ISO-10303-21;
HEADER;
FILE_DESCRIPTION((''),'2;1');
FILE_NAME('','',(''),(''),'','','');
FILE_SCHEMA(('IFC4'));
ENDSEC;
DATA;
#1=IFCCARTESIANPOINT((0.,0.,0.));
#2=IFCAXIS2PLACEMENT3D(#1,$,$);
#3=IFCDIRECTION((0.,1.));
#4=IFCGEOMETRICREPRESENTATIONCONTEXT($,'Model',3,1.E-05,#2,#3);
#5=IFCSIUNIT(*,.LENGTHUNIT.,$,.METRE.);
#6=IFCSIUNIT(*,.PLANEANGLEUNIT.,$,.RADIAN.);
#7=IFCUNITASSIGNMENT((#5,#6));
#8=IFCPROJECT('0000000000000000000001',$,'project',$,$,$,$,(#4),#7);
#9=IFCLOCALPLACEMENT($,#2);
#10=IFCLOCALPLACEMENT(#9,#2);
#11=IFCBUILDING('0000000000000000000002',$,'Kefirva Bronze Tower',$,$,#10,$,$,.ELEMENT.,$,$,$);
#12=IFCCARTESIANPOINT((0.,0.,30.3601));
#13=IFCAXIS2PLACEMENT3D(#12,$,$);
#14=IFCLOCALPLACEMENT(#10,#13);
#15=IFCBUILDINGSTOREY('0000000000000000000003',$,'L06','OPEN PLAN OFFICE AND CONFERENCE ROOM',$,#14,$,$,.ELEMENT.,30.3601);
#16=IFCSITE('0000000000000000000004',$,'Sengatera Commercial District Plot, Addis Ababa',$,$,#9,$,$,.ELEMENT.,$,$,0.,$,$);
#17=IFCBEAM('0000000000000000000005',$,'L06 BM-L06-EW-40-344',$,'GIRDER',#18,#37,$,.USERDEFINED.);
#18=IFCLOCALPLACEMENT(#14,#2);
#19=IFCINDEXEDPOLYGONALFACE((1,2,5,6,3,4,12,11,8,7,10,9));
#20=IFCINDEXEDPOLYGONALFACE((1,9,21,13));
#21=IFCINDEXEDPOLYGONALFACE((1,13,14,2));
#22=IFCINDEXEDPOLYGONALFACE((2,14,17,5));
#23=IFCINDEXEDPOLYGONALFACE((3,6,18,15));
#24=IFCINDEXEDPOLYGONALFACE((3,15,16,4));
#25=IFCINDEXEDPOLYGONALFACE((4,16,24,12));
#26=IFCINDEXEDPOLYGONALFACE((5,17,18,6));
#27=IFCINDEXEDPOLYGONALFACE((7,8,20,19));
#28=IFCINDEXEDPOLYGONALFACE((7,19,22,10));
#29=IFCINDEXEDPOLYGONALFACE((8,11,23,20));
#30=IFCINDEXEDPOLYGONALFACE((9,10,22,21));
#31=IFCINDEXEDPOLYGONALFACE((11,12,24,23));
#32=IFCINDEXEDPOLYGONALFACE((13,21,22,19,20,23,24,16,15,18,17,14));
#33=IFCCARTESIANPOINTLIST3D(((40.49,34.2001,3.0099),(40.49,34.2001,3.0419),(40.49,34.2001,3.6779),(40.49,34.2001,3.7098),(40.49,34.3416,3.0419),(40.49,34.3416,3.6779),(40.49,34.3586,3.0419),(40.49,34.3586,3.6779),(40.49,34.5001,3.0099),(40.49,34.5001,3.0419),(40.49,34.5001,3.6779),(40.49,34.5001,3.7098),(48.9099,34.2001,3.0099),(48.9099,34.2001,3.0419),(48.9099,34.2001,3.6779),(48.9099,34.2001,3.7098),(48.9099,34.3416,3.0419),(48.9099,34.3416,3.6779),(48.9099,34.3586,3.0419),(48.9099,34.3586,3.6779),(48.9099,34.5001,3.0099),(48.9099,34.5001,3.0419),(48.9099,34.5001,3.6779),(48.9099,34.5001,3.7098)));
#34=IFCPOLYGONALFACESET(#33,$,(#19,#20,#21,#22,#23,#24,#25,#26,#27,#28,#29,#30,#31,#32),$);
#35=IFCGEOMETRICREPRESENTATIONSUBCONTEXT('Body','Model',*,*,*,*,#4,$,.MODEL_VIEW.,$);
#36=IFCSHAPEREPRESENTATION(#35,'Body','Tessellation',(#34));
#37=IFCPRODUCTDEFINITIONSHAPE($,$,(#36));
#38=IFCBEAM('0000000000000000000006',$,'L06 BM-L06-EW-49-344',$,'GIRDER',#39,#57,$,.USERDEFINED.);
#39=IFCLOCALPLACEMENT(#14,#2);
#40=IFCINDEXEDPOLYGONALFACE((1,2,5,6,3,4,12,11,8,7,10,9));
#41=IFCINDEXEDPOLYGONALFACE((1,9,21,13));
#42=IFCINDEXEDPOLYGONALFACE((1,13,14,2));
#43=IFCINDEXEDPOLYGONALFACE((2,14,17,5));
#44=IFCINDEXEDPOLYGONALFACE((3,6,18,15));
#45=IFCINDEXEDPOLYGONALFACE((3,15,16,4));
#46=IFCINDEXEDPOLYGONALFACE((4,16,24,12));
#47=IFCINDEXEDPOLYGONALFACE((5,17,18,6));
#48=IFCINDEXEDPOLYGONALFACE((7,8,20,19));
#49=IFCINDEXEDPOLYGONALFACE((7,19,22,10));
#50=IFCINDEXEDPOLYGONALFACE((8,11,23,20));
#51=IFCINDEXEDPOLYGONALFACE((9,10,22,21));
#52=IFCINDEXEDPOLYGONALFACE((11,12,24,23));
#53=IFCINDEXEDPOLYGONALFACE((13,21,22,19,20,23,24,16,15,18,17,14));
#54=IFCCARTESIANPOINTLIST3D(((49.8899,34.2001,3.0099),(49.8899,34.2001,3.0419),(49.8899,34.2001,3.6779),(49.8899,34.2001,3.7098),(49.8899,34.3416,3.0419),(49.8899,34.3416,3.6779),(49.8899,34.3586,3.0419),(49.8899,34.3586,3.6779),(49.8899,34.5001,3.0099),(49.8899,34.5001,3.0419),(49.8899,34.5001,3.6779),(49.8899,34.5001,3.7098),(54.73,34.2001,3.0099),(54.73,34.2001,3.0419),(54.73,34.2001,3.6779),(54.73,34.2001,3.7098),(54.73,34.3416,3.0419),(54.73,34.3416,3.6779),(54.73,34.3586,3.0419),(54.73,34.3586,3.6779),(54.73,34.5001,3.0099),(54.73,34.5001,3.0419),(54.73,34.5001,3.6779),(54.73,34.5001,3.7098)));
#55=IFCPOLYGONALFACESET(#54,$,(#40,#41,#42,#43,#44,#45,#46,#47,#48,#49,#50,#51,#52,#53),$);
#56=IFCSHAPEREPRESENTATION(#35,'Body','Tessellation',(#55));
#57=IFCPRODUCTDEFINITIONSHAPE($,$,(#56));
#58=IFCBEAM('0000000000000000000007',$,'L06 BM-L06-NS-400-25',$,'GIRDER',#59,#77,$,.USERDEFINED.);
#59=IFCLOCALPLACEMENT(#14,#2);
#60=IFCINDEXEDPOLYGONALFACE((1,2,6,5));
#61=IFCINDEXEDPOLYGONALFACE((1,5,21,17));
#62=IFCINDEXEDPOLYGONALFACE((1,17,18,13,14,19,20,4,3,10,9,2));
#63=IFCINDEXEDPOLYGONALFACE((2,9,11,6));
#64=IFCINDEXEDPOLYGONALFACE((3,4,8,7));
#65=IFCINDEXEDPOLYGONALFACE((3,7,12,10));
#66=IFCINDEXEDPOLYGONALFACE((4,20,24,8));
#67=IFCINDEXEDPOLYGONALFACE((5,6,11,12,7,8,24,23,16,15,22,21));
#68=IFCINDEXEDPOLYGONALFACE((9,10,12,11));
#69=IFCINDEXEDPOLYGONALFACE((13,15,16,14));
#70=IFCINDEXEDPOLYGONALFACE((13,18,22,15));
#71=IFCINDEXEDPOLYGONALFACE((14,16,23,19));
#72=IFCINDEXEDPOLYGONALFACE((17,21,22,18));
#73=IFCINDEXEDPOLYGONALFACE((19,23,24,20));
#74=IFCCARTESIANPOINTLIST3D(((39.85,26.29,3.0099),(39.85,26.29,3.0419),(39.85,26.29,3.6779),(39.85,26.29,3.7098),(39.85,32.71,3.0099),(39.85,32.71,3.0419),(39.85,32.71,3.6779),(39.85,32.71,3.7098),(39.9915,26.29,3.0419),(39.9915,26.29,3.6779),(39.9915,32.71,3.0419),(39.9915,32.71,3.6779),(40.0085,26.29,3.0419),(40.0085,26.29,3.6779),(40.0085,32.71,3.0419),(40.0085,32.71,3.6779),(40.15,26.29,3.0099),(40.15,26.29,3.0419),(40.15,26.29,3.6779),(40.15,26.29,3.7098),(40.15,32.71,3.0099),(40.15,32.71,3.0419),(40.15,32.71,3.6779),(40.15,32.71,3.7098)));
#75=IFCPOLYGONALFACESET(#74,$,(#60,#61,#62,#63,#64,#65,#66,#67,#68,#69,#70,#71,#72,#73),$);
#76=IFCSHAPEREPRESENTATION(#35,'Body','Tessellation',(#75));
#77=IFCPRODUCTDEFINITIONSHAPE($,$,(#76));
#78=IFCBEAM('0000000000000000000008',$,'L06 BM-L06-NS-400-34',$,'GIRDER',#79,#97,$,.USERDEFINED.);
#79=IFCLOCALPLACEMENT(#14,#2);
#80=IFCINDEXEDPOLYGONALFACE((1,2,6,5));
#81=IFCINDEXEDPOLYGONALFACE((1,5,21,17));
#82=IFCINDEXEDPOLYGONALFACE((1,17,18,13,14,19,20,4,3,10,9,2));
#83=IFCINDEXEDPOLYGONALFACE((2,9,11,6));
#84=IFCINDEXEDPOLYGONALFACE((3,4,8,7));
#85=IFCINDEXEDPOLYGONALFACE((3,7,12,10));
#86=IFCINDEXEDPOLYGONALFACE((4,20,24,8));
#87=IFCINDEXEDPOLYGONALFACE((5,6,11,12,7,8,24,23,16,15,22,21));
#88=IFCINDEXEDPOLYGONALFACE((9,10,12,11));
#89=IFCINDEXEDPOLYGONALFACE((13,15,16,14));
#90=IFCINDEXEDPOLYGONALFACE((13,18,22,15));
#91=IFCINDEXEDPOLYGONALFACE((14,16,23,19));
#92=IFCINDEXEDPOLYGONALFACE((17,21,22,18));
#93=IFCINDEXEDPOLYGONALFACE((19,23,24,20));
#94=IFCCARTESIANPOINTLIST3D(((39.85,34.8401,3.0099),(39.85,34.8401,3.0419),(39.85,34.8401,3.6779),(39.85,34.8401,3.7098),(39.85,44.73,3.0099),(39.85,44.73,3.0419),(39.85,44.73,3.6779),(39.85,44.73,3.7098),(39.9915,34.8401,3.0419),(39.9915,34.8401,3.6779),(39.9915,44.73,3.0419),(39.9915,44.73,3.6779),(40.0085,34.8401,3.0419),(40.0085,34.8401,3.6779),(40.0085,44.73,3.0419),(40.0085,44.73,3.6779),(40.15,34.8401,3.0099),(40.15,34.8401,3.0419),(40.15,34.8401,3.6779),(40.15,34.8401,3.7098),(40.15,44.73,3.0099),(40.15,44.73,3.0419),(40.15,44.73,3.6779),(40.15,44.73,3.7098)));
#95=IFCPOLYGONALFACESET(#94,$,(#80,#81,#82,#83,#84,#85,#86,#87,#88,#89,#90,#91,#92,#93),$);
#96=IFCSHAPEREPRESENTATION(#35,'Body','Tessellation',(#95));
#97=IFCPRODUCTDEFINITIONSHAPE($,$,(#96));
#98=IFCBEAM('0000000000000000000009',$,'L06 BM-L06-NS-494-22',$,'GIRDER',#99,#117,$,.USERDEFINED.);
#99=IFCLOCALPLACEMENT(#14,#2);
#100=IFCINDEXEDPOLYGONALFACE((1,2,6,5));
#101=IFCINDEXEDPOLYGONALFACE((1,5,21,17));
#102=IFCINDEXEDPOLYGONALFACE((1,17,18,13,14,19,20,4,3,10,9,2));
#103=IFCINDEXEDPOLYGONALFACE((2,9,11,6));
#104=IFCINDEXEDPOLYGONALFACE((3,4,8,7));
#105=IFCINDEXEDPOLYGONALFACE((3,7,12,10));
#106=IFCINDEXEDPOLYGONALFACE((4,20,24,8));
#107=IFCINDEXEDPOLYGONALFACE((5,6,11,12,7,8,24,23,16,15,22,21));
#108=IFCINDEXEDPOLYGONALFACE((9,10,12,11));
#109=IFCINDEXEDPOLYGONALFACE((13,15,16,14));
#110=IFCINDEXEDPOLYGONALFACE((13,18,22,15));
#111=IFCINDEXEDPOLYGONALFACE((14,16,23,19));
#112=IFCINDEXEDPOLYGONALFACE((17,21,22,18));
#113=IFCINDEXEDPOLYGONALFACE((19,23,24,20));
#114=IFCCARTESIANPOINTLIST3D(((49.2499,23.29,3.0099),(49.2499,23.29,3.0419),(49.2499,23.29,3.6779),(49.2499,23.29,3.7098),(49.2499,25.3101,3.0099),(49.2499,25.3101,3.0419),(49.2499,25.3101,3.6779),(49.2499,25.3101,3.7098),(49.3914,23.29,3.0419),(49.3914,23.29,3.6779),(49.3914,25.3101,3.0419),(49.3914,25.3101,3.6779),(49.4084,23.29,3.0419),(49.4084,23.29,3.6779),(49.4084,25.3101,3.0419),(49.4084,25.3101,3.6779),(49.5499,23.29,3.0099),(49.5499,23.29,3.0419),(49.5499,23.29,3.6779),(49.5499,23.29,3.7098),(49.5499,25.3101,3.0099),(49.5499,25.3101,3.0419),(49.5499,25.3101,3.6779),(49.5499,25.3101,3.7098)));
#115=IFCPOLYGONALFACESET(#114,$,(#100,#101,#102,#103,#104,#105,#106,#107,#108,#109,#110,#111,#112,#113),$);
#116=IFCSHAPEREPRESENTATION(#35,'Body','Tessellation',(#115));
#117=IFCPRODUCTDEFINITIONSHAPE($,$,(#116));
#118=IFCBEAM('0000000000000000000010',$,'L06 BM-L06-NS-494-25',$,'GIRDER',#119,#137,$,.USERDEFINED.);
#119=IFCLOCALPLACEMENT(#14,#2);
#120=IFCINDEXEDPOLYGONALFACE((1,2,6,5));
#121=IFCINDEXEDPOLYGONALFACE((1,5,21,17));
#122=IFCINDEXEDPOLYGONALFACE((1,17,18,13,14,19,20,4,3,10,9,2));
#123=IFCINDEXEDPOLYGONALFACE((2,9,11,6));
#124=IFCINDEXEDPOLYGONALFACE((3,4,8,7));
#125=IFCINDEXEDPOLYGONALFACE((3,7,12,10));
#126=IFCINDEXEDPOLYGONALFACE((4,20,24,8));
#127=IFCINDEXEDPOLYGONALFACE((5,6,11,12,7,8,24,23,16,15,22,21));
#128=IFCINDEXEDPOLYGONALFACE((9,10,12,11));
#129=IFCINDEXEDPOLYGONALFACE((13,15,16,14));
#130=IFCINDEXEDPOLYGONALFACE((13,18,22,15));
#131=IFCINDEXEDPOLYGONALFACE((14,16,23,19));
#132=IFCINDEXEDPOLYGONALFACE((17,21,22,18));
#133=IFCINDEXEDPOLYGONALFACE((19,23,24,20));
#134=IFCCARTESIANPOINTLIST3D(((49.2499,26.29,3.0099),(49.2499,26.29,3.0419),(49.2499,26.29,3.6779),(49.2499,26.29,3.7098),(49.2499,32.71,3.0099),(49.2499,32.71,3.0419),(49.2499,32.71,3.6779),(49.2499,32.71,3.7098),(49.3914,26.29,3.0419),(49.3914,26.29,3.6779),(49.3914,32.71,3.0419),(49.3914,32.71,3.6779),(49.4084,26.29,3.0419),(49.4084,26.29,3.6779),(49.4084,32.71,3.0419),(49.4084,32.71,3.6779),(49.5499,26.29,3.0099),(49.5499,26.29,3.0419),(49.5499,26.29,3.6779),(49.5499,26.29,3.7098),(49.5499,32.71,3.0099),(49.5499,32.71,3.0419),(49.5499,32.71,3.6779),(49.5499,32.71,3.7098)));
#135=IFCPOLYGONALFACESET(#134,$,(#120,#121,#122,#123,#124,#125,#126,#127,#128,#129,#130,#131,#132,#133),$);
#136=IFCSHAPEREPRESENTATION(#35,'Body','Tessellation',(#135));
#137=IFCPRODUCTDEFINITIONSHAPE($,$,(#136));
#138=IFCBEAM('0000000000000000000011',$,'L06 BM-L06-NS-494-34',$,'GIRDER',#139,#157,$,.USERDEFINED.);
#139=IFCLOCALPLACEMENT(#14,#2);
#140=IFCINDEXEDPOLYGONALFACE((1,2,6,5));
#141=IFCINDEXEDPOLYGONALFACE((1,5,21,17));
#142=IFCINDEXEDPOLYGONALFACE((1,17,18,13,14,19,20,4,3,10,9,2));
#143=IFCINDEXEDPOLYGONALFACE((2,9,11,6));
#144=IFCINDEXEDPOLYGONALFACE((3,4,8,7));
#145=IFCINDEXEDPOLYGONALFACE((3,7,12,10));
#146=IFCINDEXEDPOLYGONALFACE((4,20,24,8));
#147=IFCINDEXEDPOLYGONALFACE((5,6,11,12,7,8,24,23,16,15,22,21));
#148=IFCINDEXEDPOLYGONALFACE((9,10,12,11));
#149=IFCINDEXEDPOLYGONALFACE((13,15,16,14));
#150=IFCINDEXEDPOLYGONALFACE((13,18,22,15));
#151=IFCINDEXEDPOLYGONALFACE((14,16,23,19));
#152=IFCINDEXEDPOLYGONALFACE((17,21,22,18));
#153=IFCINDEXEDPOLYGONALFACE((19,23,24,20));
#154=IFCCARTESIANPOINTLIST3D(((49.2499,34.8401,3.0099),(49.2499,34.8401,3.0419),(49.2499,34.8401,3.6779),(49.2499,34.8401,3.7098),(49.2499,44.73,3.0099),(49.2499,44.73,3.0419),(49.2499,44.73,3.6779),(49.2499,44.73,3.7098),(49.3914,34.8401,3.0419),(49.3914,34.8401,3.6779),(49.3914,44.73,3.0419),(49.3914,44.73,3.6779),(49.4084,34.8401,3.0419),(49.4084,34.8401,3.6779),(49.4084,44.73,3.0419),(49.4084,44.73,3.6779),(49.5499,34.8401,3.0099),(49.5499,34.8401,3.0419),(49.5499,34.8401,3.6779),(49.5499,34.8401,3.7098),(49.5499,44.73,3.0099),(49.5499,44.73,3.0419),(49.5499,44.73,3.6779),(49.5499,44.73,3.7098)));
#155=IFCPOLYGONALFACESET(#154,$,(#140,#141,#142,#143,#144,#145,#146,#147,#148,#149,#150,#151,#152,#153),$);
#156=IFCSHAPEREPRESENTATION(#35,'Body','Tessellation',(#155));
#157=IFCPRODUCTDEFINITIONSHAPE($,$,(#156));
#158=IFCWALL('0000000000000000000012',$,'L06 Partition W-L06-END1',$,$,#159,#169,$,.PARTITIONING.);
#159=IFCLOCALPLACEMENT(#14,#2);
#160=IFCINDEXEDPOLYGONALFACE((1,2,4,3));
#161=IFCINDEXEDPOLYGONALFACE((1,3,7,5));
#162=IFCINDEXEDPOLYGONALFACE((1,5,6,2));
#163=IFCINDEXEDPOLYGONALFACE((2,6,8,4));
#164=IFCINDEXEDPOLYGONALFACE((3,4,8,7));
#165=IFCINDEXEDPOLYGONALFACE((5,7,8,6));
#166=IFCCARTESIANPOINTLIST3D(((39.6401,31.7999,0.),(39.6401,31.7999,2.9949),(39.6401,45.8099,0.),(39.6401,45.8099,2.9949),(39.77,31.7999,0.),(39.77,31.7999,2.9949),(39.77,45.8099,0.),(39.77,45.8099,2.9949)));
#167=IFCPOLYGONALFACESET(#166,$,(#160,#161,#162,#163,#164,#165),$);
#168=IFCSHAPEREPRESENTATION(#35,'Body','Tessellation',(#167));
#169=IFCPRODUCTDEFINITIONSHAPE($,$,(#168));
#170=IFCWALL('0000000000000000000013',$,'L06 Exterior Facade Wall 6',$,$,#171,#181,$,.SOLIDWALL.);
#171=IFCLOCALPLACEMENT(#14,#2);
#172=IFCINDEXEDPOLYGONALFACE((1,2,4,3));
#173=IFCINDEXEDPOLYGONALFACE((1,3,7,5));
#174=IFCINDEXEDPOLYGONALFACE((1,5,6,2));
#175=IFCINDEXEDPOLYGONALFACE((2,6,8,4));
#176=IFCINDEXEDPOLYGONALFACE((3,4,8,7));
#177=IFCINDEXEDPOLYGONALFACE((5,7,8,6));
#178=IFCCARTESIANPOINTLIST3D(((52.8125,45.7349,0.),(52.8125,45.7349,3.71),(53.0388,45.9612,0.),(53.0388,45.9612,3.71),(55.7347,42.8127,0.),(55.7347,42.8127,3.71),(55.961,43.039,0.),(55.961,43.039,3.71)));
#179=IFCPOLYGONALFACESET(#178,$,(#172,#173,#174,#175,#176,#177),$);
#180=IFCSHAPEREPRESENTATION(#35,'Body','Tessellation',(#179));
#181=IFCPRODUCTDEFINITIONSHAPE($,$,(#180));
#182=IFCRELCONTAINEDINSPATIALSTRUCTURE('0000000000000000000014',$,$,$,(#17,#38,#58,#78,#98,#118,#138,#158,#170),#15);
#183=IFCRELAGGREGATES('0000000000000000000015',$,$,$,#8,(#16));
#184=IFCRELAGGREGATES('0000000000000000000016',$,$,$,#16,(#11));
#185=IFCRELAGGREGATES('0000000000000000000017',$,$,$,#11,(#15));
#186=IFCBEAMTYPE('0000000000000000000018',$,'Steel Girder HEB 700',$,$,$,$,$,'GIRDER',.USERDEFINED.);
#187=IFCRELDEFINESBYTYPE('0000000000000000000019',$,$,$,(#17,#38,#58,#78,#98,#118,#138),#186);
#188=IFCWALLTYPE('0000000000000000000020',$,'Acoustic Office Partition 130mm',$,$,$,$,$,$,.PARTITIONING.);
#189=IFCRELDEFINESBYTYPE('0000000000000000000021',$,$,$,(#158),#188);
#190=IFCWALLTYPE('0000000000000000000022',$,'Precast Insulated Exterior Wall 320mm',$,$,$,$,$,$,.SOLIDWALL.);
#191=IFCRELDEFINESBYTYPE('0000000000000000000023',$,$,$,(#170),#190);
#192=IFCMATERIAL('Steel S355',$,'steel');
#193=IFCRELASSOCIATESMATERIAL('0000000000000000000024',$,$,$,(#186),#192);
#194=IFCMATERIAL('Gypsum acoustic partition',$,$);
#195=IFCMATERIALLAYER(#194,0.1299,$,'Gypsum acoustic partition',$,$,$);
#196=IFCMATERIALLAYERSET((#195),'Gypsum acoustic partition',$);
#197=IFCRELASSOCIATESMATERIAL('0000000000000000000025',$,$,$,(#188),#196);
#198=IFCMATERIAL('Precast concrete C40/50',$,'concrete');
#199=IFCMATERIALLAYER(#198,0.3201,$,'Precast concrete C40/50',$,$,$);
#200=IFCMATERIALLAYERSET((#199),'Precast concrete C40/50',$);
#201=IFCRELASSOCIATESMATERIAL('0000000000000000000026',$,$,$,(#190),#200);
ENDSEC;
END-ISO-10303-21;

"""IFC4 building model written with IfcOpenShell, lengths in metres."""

from ifc_helpers import new_model, si_unit, direction, frame, frame_2d, origin, origin_2d, place, context, subcontext, project, spatial, rectangle, i_section, extrude, material, layer, layer_set, material_profile, profile_set, type_object, element, save


model = new_model("IFC4")

# Units and contexts
model_context = context("Model", 3, precision=1e-05, world=origin(), true_north=direction((0.0, 1.0)))
body_context = subcontext(model_context, "Body", "Model", "MODEL_VIEW")
ifc_project = project(units=[si_unit("LENGTHUNIT", "METRE"), si_unit("PLANEANGLEUNIT", "RADIAN")], contexts=[model_context])

# Site, building, storey
site_placement = place(None, origin())
site = spatial("IfcSite", under=ifc_project, at=site_placement, Name="Sengatera Commercial District Plot, Addis Ababa", CompositionType="ELEMENT", RefElevation=0.0)
building_placement = place(site_placement, origin())
building = spatial("IfcBuilding", under=site, at=building_placement, Name="Kefirva Bronze Tower", CompositionType="ELEMENT")
storey_placement = place(building_placement, frame((0.0, 0.0, 30.3601)))
storey = spatial("IfcBuildingStorey", under=building, at=storey_placement, Name="L06", Description="OPEN PLAN OFFICE AND CONFERENCE ROOM", CompositionType="ELEMENT", Elevation=30.3601)

# Beams
ifc_material_1 = material(Name="Steel S355", Category="steel")
ifc_material_profile_1 = material_profile(ifc_material_1, i_section(OverallWidth=0.3, OverallDepth=0.7, WebThickness=0.0171, FlangeThickness=0.032, at=origin_2d()), Name="HEB 700")
ifc_profile_set_1 = profile_set([ifc_material_profile_1], Name="Steel S355")
beam_type_1 = type_object("IfcBeamType", Name="Steel Girder HEB 700", ElementType="GIRDER", PredefinedType="USERDEFINED", material=ifc_profile_set_1)
beam_1_placement = place(storey_placement, frame((40.49, 34.3501, 3.3599), z_axis=(1.0, 0.0, 0.0), x_axis=(0.0, 1.0, 0.0)))
element("IfcBeam", 1, at=beam_1_placement, inside=storey, type_object=beam_type_1, Name="L06 BM-L06-EW-40-344", ObjectType="GIRDER", PredefinedType="USERDEFINED", context=body_context, shape_type="SweptSolid", body=[
    extrude(i_section(OverallWidth=0.3, OverallDepth=0.7, WebThickness=0.0171, FlangeThickness=0.032, at=origin_2d()), origin(), (0.0, 0.0, 1.0), 8.4199),
])
beam_2_placement = place(storey_placement, frame((49.8899, 34.3501, 3.3599), z_axis=(1.0, 0.0, 0.0), x_axis=(0.0, 1.0, 0.0)))
element("IfcBeam", 2, at=beam_2_placement, inside=storey, type_object=beam_type_1, Name="L06 BM-L06-EW-49-344", ObjectType="GIRDER", PredefinedType="USERDEFINED", context=body_context, shape_type="SweptSolid", body=[
    extrude(i_section(OverallWidth=0.3, OverallDepth=0.7, WebThickness=0.0171, FlangeThickness=0.032, at=origin_2d()), origin(), (0.0, 0.0, 1.0), 4.8401),
])
beam_3_placement = place(storey_placement, frame((40.0, 26.29, 3.3599), z_axis=(0.0, 1.0, 0.0), x_axis=(-1.0, 0.0, 0.0)))
element("IfcBeam", 3, at=beam_3_placement, inside=storey, type_object=beam_type_1, Name="L06 BM-L06-NS-400-25", ObjectType="GIRDER", PredefinedType="USERDEFINED", context=body_context, shape_type="SweptSolid", body=[
    extrude(i_section(OverallWidth=0.3, OverallDepth=0.7, WebThickness=0.0171, FlangeThickness=0.032, at=origin_2d()), origin(), (0.0, 0.0, 1.0), 6.4199),
])
beam_4_placement = place(storey_placement, frame((40.0, 34.8401, 3.3599), z_axis=(0.0, 1.0, 0.0), x_axis=(-1.0, 0.0, 0.0)))
element("IfcBeam", 4, at=beam_4_placement, inside=storey, type_object=beam_type_1, Name="L06 BM-L06-NS-400-34", ObjectType="GIRDER", PredefinedType="USERDEFINED", context=body_context, shape_type="SweptSolid", body=[
    extrude(i_section(OverallWidth=0.3, OverallDepth=0.7, WebThickness=0.0171, FlangeThickness=0.032, at=origin_2d()), origin(), (0.0, 0.0, 1.0), 9.8899),
])
beam_5_placement = place(storey_placement, frame((49.3999, 23.29, 3.3599), z_axis=(0.0, 1.0, 0.0), x_axis=(-1.0, 0.0, 0.0)))
element("IfcBeam", 5, at=beam_5_placement, inside=storey, type_object=beam_type_1, Name="L06 BM-L06-NS-494-22", ObjectType="GIRDER", PredefinedType="USERDEFINED", context=body_context, shape_type="SweptSolid", body=[
    extrude(i_section(OverallWidth=0.3, OverallDepth=0.7, WebThickness=0.0171, FlangeThickness=0.032, at=origin_2d()), origin(), (0.0, 0.0, 1.0), 2.02),
])
beam_6_placement = place(storey_placement, frame((49.3999, 26.29, 3.3599), z_axis=(0.0, 1.0, 0.0), x_axis=(-1.0, 0.0, 0.0)))
element("IfcBeam", 6, at=beam_6_placement, inside=storey, type_object=beam_type_1, Name="L06 BM-L06-NS-494-25", ObjectType="GIRDER", PredefinedType="USERDEFINED", context=body_context, shape_type="SweptSolid", body=[
    extrude(i_section(OverallWidth=0.3, OverallDepth=0.7, WebThickness=0.0171, FlangeThickness=0.032, at=origin_2d()), origin(), (0.0, 0.0, 1.0), 6.4199),
])
beam_7_placement = place(storey_placement, frame((49.3999, 34.8401, 3.3599), z_axis=(0.0, 1.0, 0.0), x_axis=(-1.0, 0.0, 0.0)))
element("IfcBeam", 7, at=beam_7_placement, inside=storey, type_object=beam_type_1, Name="L06 BM-L06-NS-494-34", ObjectType="GIRDER", PredefinedType="USERDEFINED", context=body_context, shape_type="SweptSolid", body=[
    extrude(i_section(OverallWidth=0.3, OverallDepth=0.7, WebThickness=0.0171, FlangeThickness=0.032, at=origin_2d()), origin(), (0.0, 0.0, 1.0), 9.8899),
])

# Walls
ifc_material_2 = material(Name="Gypsum acoustic partition")
ifc_layer_1 = layer(ifc_material_2, 0.1299, Name="Gypsum acoustic partition")
ifc_layer_set_1 = layer_set([ifc_layer_1], Name="Gypsum acoustic partition")
wall_type_1 = type_object("IfcWallType", Name="Acoustic Office Partition 130mm", PredefinedType="PARTITIONING", material=ifc_layer_set_1)
wall_1_placement = place(storey_placement, frame((39.7051, 31.8, 0.0), z_axis=(0.0, 0.0, 1.0), x_axis=(0.0, 1.0, 0.0)))
element("IfcWall", 8, at=wall_1_placement, inside=storey, type_object=wall_type_1, Name="L06 Partition W-L06-END1", PredefinedType="PARTITIONING", context=body_context, shape_type="SweptSolid", body=[
    extrude(rectangle(XDim=14.01, YDim=0.1299, at=frame_2d((7.0049, 0.0))), origin(), (0.0, 0.0, 1.0), 2.9949),
])
ifc_material_3 = material(Name="Precast concrete C40/50", Category="concrete")
ifc_layer_2 = layer(ifc_material_3, 0.3201, Name="Precast concrete C40/50")
ifc_layer_set_2 = layer_set([ifc_layer_2], Name="Precast concrete C40/50")
wall_type_2 = type_object("IfcWallType", Name="Precast Insulated Exterior Wall 320mm", PredefinedType="SOLIDWALL", material=ifc_layer_set_2)
wall_2_placement = place(storey_placement, frame((55.8479, 42.9258, 0.0), z_axis=(0.0, 0.0, 1.0), x_axis=(-0.707107, 0.707107, 0.0)))
element("IfcWall", 9, at=wall_2_placement, inside=storey, type_object=wall_type_2, Name="L06 Exterior Facade Wall 6", PredefinedType="SOLIDWALL", context=body_context, shape_type="SweptSolid", body=[
    extrude(rectangle(XDim=4.1326, YDim=0.3201, at=frame_2d((2.0664, 0.0))), origin(), (0.0, 0.0, 1.0), 3.71),
])

save(model, "model.ifc")
